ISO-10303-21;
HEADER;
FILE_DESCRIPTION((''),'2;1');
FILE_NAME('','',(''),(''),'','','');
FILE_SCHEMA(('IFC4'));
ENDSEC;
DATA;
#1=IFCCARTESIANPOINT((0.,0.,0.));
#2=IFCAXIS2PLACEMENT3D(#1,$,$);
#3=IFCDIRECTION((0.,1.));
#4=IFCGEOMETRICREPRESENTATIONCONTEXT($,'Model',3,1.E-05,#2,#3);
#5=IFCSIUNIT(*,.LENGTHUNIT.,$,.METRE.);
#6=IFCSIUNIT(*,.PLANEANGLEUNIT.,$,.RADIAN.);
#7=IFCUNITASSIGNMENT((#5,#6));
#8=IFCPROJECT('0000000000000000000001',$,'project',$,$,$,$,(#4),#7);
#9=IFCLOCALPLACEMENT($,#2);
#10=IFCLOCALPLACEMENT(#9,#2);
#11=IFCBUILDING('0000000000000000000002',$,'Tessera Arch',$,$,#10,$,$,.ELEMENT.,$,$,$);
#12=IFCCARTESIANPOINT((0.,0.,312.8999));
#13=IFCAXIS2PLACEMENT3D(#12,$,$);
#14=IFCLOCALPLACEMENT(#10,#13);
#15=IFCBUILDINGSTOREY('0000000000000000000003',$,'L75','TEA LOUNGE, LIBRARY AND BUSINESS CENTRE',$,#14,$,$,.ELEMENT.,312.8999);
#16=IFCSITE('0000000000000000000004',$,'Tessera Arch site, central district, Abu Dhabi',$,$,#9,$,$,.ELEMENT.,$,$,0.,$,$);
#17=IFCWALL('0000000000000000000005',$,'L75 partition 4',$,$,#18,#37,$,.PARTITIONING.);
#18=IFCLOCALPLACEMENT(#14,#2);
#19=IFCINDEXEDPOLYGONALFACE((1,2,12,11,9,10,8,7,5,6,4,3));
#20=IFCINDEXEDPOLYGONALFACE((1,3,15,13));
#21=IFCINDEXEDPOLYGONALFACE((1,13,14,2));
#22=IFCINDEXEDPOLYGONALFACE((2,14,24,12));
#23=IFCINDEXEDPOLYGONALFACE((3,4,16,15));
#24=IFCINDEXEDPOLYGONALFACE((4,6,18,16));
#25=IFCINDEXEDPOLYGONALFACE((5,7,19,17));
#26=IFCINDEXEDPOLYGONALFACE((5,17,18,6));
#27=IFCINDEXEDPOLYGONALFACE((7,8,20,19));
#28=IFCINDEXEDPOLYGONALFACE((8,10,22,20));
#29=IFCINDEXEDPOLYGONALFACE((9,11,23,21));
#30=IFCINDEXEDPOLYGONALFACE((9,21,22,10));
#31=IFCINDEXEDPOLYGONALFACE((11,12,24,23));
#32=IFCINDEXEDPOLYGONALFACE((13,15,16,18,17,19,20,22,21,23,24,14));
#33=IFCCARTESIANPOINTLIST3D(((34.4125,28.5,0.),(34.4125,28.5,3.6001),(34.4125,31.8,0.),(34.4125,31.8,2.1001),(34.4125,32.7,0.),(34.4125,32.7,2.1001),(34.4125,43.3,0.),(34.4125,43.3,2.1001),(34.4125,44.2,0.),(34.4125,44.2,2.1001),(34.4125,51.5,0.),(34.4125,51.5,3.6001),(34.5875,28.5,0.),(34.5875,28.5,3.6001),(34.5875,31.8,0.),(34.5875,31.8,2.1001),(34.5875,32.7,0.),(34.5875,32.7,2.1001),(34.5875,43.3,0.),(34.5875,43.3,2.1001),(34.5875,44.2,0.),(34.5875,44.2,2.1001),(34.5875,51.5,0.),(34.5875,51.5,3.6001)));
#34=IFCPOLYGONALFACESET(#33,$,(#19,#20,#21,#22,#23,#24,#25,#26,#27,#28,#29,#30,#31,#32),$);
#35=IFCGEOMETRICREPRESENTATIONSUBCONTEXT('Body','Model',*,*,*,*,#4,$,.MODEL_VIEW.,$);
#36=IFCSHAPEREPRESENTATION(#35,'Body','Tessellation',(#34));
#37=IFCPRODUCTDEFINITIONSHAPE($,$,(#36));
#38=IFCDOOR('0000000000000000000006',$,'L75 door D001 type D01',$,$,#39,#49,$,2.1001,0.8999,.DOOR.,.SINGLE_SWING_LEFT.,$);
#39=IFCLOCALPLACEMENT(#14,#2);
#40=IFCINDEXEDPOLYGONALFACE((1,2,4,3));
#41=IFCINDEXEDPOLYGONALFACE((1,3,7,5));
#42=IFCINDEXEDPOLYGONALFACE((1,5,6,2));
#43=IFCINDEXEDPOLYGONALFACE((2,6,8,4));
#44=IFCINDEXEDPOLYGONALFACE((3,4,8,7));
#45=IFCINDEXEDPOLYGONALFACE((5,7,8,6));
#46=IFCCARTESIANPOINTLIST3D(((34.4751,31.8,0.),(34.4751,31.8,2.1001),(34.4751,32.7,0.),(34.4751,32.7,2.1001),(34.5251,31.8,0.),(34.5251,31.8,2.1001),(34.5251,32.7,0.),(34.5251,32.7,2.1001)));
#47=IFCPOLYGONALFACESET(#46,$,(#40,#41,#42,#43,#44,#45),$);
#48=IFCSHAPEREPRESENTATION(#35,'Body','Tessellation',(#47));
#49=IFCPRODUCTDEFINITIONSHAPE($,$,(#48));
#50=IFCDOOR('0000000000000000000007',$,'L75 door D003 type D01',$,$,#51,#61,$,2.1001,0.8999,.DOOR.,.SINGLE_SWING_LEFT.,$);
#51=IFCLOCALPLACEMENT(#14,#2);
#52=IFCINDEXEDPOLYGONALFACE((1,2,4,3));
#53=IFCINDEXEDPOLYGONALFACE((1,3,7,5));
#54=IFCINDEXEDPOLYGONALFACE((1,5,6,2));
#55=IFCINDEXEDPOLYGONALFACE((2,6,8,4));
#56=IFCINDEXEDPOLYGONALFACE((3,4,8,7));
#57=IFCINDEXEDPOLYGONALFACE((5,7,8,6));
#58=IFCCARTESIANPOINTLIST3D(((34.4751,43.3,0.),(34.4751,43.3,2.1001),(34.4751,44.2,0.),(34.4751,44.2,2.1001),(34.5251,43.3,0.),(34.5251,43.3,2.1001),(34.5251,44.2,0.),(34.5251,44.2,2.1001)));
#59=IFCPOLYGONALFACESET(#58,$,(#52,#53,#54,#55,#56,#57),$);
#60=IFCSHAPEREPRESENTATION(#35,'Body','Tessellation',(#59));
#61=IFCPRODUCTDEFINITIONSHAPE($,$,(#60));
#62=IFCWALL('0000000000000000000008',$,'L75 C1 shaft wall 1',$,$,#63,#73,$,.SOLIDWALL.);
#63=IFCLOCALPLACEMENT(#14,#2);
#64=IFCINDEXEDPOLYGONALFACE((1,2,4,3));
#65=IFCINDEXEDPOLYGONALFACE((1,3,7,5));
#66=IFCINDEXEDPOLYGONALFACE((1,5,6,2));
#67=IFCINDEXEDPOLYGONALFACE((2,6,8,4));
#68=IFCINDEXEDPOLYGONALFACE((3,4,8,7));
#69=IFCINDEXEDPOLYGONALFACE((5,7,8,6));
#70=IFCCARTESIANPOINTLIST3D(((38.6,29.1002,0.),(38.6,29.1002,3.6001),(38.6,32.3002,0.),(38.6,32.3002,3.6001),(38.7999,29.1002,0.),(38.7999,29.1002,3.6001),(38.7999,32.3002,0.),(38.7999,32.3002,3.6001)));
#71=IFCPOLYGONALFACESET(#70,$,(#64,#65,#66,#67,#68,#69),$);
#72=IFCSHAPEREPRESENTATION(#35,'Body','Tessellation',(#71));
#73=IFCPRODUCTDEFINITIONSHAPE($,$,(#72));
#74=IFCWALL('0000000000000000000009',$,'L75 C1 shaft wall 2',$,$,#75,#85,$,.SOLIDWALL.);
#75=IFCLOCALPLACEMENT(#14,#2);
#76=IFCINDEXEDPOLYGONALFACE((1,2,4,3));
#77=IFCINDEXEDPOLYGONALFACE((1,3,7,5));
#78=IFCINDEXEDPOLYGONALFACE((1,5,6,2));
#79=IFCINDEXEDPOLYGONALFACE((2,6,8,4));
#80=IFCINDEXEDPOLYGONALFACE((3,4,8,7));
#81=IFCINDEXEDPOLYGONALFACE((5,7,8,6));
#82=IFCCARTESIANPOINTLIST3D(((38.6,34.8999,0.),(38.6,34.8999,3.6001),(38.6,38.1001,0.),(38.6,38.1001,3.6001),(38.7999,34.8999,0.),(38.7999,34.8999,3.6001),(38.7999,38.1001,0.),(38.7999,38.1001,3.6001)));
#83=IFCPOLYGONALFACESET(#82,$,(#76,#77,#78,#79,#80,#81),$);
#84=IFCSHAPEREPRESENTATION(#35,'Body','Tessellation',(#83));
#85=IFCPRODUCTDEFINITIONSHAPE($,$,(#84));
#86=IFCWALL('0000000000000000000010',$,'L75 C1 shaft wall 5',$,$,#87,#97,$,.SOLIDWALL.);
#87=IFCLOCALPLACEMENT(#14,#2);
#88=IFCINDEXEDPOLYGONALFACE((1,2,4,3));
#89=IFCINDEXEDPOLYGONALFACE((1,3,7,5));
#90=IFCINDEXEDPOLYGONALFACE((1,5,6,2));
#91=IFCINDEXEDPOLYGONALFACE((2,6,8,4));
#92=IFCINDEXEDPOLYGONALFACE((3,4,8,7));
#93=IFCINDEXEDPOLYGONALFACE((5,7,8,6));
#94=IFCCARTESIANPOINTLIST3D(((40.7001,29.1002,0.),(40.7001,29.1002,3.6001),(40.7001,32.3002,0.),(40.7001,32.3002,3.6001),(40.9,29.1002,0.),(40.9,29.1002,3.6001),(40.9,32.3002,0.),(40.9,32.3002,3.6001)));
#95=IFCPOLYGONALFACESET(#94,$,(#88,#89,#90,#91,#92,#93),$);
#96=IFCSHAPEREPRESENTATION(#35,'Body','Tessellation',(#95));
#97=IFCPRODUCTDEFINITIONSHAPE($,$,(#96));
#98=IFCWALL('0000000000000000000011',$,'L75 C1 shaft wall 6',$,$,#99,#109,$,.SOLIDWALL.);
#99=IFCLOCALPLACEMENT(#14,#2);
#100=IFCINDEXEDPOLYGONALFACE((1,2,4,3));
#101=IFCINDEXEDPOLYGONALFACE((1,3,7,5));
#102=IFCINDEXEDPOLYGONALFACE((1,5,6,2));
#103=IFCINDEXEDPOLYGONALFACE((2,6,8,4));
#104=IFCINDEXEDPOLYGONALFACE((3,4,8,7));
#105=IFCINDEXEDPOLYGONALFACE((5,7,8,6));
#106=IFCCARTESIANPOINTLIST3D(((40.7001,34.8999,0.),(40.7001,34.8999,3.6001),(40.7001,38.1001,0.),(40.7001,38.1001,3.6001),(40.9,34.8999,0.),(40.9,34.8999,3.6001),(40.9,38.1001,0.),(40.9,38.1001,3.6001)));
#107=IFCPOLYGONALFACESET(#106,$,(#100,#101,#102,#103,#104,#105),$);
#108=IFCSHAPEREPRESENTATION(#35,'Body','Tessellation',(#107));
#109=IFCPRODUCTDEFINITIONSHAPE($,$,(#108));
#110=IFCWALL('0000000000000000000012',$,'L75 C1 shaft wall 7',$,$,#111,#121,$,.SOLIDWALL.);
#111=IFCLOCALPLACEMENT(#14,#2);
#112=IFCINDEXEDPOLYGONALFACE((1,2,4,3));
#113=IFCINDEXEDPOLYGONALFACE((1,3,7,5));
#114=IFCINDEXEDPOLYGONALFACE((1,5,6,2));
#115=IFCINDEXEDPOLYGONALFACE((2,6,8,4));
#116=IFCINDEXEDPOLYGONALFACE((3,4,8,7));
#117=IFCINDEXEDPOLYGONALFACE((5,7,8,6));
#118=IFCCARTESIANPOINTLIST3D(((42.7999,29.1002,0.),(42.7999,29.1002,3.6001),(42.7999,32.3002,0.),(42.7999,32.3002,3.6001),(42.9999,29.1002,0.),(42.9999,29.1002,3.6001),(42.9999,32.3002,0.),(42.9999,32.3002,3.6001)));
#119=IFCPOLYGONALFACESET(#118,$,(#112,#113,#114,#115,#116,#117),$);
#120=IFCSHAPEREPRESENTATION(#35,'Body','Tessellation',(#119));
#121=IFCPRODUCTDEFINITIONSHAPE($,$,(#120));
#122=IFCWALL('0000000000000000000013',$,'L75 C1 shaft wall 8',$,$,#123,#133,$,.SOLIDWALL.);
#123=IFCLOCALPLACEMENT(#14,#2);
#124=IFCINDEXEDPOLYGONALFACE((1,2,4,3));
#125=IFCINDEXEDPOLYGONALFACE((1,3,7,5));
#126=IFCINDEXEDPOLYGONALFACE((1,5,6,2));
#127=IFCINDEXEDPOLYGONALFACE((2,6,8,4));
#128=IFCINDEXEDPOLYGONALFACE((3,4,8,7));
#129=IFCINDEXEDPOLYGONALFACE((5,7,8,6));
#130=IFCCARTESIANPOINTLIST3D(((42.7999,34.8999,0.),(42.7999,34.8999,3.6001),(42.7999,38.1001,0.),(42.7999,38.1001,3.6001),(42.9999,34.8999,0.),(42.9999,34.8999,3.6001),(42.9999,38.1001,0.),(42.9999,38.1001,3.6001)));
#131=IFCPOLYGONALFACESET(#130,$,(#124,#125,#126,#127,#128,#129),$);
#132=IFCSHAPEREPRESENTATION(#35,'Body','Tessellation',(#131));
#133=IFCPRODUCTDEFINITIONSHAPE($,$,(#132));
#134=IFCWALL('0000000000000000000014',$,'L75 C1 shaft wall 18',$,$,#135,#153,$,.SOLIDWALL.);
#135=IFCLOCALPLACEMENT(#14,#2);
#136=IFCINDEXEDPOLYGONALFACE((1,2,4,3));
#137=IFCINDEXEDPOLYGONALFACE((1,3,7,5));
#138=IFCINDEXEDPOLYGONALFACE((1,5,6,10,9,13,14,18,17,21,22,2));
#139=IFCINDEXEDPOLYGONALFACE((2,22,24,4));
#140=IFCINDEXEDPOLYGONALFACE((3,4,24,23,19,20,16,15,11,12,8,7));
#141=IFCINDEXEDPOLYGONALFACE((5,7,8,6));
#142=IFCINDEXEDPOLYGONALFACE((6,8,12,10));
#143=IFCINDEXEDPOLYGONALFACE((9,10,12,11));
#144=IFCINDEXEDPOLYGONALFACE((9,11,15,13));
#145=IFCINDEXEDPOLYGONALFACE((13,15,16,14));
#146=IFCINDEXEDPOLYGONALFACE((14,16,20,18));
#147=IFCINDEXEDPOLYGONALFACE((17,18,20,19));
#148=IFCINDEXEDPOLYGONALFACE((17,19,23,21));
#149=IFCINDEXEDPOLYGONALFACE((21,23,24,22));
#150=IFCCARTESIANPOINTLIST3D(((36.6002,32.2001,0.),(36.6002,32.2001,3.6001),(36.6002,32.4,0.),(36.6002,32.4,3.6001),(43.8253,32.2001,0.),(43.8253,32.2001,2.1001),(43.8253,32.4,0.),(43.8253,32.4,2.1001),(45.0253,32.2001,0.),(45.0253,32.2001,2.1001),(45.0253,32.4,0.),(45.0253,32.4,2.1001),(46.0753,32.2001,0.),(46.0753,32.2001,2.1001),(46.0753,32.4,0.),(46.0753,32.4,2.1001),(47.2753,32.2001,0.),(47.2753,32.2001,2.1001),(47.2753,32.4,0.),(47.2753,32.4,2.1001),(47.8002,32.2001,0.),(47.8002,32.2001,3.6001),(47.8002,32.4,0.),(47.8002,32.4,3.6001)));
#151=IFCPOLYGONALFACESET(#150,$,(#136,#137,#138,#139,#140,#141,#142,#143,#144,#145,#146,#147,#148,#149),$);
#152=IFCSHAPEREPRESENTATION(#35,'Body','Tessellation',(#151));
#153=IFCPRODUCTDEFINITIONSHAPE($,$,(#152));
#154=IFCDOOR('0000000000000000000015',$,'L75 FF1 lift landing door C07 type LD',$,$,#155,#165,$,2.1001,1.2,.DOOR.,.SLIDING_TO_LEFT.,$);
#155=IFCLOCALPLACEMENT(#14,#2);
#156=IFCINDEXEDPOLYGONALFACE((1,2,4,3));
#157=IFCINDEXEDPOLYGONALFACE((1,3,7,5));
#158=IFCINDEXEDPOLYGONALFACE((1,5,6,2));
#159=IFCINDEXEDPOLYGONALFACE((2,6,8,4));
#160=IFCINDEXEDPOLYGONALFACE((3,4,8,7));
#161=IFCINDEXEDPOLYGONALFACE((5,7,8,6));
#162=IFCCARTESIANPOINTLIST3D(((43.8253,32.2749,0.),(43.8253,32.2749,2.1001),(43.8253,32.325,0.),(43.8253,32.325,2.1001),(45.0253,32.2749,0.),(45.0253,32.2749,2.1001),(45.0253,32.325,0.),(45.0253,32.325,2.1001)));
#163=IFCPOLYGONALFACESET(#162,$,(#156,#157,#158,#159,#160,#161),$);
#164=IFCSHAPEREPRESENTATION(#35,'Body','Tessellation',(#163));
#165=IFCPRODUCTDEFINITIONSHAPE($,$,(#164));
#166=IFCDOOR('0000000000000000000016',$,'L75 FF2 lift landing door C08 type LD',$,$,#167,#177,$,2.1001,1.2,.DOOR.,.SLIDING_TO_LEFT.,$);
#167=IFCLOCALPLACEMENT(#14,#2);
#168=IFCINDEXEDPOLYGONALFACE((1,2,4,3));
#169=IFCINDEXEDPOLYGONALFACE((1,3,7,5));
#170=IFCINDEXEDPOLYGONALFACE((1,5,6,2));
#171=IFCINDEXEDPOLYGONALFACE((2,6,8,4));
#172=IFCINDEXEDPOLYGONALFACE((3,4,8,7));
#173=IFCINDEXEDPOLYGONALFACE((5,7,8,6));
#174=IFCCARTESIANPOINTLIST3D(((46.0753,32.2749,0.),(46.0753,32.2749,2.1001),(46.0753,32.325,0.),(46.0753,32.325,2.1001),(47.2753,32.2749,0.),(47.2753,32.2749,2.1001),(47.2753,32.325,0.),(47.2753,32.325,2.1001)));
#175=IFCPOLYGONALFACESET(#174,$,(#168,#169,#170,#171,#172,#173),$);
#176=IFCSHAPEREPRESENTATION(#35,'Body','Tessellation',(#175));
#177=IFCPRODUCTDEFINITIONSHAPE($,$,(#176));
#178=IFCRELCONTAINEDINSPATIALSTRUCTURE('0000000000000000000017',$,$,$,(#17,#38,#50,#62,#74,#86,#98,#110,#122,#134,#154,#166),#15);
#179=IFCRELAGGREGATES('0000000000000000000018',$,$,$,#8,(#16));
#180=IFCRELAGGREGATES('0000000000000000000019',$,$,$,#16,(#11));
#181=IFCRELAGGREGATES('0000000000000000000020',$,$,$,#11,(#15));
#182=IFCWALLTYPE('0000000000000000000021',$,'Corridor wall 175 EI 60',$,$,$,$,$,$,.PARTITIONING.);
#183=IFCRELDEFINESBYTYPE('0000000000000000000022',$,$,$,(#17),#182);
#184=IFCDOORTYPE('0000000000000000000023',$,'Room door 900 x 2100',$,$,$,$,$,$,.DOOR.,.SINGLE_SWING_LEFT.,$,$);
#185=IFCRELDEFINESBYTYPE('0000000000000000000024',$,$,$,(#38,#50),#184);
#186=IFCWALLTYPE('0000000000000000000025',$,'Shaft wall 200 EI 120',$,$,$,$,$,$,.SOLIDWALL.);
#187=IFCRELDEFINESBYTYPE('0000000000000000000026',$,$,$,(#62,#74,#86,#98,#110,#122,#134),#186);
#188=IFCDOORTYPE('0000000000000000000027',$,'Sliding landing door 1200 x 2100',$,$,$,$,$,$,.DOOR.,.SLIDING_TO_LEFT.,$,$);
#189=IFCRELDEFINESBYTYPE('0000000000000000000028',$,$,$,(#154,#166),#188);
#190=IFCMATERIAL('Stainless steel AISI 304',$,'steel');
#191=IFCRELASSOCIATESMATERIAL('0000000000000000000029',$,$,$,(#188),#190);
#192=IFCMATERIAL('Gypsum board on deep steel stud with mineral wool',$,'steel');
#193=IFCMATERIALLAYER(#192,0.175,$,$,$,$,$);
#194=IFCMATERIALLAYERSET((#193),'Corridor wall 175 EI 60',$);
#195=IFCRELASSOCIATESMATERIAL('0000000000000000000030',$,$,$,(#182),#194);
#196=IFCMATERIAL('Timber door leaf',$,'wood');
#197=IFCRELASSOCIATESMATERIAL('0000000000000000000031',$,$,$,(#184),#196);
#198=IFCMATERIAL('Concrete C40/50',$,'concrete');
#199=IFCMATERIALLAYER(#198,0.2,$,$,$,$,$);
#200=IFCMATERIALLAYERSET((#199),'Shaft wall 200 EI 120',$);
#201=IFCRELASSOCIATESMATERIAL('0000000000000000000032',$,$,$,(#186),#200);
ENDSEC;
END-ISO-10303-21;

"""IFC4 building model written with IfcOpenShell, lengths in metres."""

from ifc_helpers import new_model, si_unit, direction, frame, frame_2d, origin, place, context, subcontext, project, spatial, rectangle, extrude, material, layer, layer_set, type_object, element, fill, save


model = new_model("IFC4")

# Units and contexts
model_context = context("Model", 3, precision=1e-05, world=origin(), true_north=direction((0.0, 1.0)))
body_context = subcontext(model_context, "Body", "Model", "MODEL_VIEW")
ifc_project = project(units=[si_unit("LENGTHUNIT", "METRE"), si_unit("PLANEANGLEUNIT", "RADIAN")], contexts=[model_context])

# Site, building, storey
site_placement = place(None, origin())
site = spatial("IfcSite", under=ifc_project, at=site_placement, Name="Tessera Arch site, central district, Abu Dhabi", CompositionType="ELEMENT", RefElevation=0.0)
building_placement = place(site_placement, origin())
building = spatial("IfcBuilding", under=site, at=building_placement, Name="Tessera Arch", CompositionType="ELEMENT")
storey_placement = place(building_placement, frame((0.0, 0.0, 312.8999)))
storey = spatial("IfcBuildingStorey", under=building, at=storey_placement, Name="L75", Description="TEA LOUNGE, LIBRARY AND BUSINESS CENTRE", CompositionType="ELEMENT", Elevation=312.8999)

# Shared definitions
ifc_material_1 = material(Name="Stainless steel AISI 304", Category="steel")
door_type_1 = type_object("IfcDoorType", Name="Sliding landing door 1200 x 2100", OperationType="SLIDING_TO_LEFT", PredefinedType="DOOR", material=ifc_material_1)

# Shared definitions
ifc_material_2 = material(Name="Gypsum board on deep steel stud with mineral wool", Category="steel")
ifc_layer_1 = layer(ifc_material_2, 0.175)
ifc_layer_set_1 = layer_set([ifc_layer_1], Name="Corridor wall 175 EI 60")
wall_type_1 = type_object("IfcWallType", Name="Corridor wall 175 EI 60", PredefinedType="PARTITIONING", material=ifc_layer_set_1)

# Wall, openings, doors
wall_1_placement = place(storey_placement, frame((34.5, 28.5, 0.0), z_axis=(0.0, 0.0, 1.0), x_axis=(0.0, 1.0, 0.0)))
wall_1 = element("IfcWall", 1, at=wall_1_placement, inside=storey, type_object=wall_type_1, Name="L75 partition 4", PredefinedType="PARTITIONING", context=body_context, shape_type="SweptSolid", body=[
    extrude(rectangle(XDim=23.0, YDim=0.175, at=frame_2d((11.5, 0.0))), origin(), (0.0, 0.0, 1.0), 3.6001),
])
opening_1_placement = place(wall_1_placement, frame((3.3, 0.0, 0.0)))
opening_1 = element("IfcOpeningElement", 2, at=opening_1_placement, cuts=wall_1, PredefinedType="OPENING", context=body_context, shape_type="SweptSolid", body=[
    extrude(rectangle(XDim=0.8999, YDim=2.1001, at=frame_2d((0.45, 1.05))), frame((0.0, 0.0974, 0.0), z_axis=(0.0, -1.0, 0.0), x_axis=(1.0, 0.0, 0.0)), (0.0, 0.0, 1.0), 0.1951),
])
opening_2_placement = place(wall_1_placement, frame((14.8, 0.0, 0.0)))
opening_2 = element("IfcOpeningElement", 3, at=opening_2_placement, cuts=wall_1, PredefinedType="OPENING", context=body_context, shape_type="SweptSolid", body=[
    extrude(rectangle(XDim=0.8999, YDim=2.1001, at=frame_2d((0.45, 1.05))), frame((0.0, 0.0974, 0.0), z_axis=(0.0, -1.0, 0.0), x_axis=(1.0, 0.0, 0.0)), (0.0, 0.0, 1.0), 0.1951),
])
ifc_material_3 = material(Name="Timber door leaf", Category="wood")
door_type_2 = type_object("IfcDoorType", Name="Room door 900 x 2100", OperationType="SINGLE_SWING_LEFT", PredefinedType="DOOR", material=ifc_material_3)
door_1_placement = place(opening_1_placement, origin())
door_1 = element("IfcDoor", 4, at=door_1_placement, inside=storey, type_object=door_type_2, Name="L75 door D001 type D01", OperationType="SINGLE_SWING_LEFT", OverallHeight=2.1001, OverallWidth=0.8999, PredefinedType="DOOR", context=body_context, shape_type="SweptSolid", body=[
    extrude(rectangle(XDim=0.8999, YDim=2.1001, at=frame_2d((0.45, 1.05))), frame((0.0, 0.0249, 0.0), z_axis=(0.0, -1.0, 0.0), x_axis=(1.0, 0.0, 0.0)), (0.0, 0.0, 1.0), 0.05),
])
fill(opening_1, door_1)
door_2_placement = place(opening_2_placement, origin())
door_2 = element("IfcDoor", 5, at=door_2_placement, inside=storey, type_object=door_type_2, Name="L75 door D003 type D01", OperationType="SINGLE_SWING_LEFT", OverallHeight=2.1001, OverallWidth=0.8999, PredefinedType="DOOR", context=body_context, shape_type="SweptSolid", body=[
    extrude(rectangle(XDim=0.8999, YDim=2.1001, at=frame_2d((0.45, 1.05))), frame((0.0, 0.0249, 0.0), z_axis=(0.0, -1.0, 0.0), x_axis=(1.0, 0.0, 0.0)), (0.0, 0.0, 1.0), 0.05),
])
fill(opening_2, door_2)

# Walls
ifc_material_4 = material(Name="Concrete C40/50", Category="concrete")
ifc_layer_2 = layer(ifc_material_4, 0.2)
ifc_layer_set_2 = layer_set([ifc_layer_2], Name="Shaft wall 200 EI 120")
wall_type_2 = type_object("IfcWallType", Name="Shaft wall 200 EI 120", PredefinedType="SOLIDWALL", material=ifc_layer_set_2)
wall_2_placement = place(storey_placement, frame((38.7, 29.1001, 0.0), z_axis=(0.0, 0.0, 1.0), x_axis=(0.0, 1.0, 0.0)))
element("IfcWall", 6, at=wall_2_placement, inside=storey, type_object=wall_type_2, Name="L75 C1 shaft wall 1", PredefinedType="SOLIDWALL", context=body_context, shape_type="SweptSolid", body=[
    extrude(rectangle(XDim=3.2, YDim=0.2, at=frame_2d((1.6001, 0.0))), origin(), (0.0, 0.0, 1.0), 3.6001),
])
wall_3_placement = place(storey_placement, frame((38.7, 34.8999, 0.0), z_axis=(0.0, 0.0, 1.0), x_axis=(0.0, 1.0, 0.0)))
element("IfcWall", 7, at=wall_3_placement, inside=storey, type_object=wall_type_2, Name="L75 C1 shaft wall 2", PredefinedType="SOLIDWALL", context=body_context, shape_type="SweptSolid", body=[
    extrude(rectangle(XDim=3.2002, YDim=0.2, at=frame_2d((1.6001, 0.0))), origin(), (0.0, 0.0, 1.0), 3.6001),
])
wall_4_placement = place(storey_placement, frame((40.8, 29.1001, 0.0), z_axis=(0.0, 0.0, 1.0), x_axis=(0.0, 1.0, 0.0)))
element("IfcWall", 8, at=wall_4_placement, inside=storey, type_object=wall_type_2, Name="L75 C1 shaft wall 5", PredefinedType="SOLIDWALL", context=body_context, shape_type="SweptSolid", body=[
    extrude(rectangle(XDim=3.2, YDim=0.2, at=frame_2d((1.6001, 0.0))), origin(), (0.0, 0.0, 1.0), 3.6001),
])
wall_5_placement = place(storey_placement, frame((40.8, 34.8999, 0.0), z_axis=(0.0, 0.0, 1.0), x_axis=(0.0, 1.0, 0.0)))
element("IfcWall", 9, at=wall_5_placement, inside=storey, type_object=wall_type_2, Name="L75 C1 shaft wall 6", PredefinedType="SOLIDWALL", context=body_context, shape_type="SweptSolid", body=[
    extrude(rectangle(XDim=3.2002, YDim=0.2, at=frame_2d((1.6001, 0.0))), origin(), (0.0, 0.0, 1.0), 3.6001),
])
wall_6_placement = place(storey_placement, frame((42.8999, 29.1001, 0.0), z_axis=(0.0, 0.0, 1.0), x_axis=(0.0, 1.0, 0.0)))
element("IfcWall", 10, at=wall_6_placement, inside=storey, type_object=wall_type_2, Name="L75 C1 shaft wall 7", PredefinedType="SOLIDWALL", context=body_context, shape_type="SweptSolid", body=[
    extrude(rectangle(XDim=3.2, YDim=0.2, at=frame_2d((1.6001, 0.0))), origin(), (0.0, 0.0, 1.0), 3.6001),
])
wall_7_placement = place(storey_placement, frame((42.8999, 34.8999, 0.0), z_axis=(0.0, 0.0, 1.0), x_axis=(0.0, 1.0, 0.0)))
element("IfcWall", 11, at=wall_7_placement, inside=storey, type_object=wall_type_2, Name="L75 C1 shaft wall 8", PredefinedType="SOLIDWALL", context=body_context, shape_type="SweptSolid", body=[
    extrude(rectangle(XDim=3.2002, YDim=0.2, at=frame_2d((1.6001, 0.0))), origin(), (0.0, 0.0, 1.0), 3.6001),
])

# Wall, openings, doors
wall_8_placement = place(storey_placement, frame((36.6001, 32.3, 0.0), z_axis=(0.0, 0.0, 1.0), x_axis=(1.0, 0.0, 0.0)))
wall_8 = element("IfcWall", 12, at=wall_8_placement, inside=storey, type_object=wall_type_2, Name="L75 C1 shaft wall 18", PredefinedType="SOLIDWALL", context=body_context, shape_type="SweptSolid", body=[
    extrude(rectangle(XDim=11.2, YDim=0.2, at=frame_2d((5.6001, 0.0))), origin(), (0.0, 0.0, 1.0), 3.6001),
])
opening_3_placement = place(wall_8_placement, frame((7.2251, 0.0, 0.0)))
opening_3 = element("IfcOpeningElement", 13, at=opening_3_placement, cuts=wall_8, PredefinedType="OPENING", context=body_context, shape_type="SweptSolid", body=[
    extrude(rectangle(XDim=1.2, YDim=2.1001, at=frame_2d((0.6001, 1.05))), frame((0.0, 0.1099, 0.0), z_axis=(0.0, -1.0, 0.0), x_axis=(1.0, 0.0, 0.0)), (0.0, 0.0, 1.0), 0.22),
])
opening_4_placement = place(wall_8_placement, frame((9.4751, 0.0, 0.0)))
opening_4 = element("IfcOpeningElement", 14, at=opening_4_placement, cuts=wall_8, PredefinedType="OPENING", context=body_context, shape_type="SweptSolid", body=[
    extrude(rectangle(XDim=1.2, YDim=2.1001, at=frame_2d((0.6001, 1.05))), frame((0.0, 0.1099, 0.0), z_axis=(0.0, -1.0, 0.0), x_axis=(1.0, 0.0, 0.0)), (0.0, 0.0, 1.0), 0.22),
])
door_3_placement = place(opening_3_placement, origin())
door_3 = element("IfcDoor", 15, at=door_3_placement, inside=storey, type_object=door_type_1, Name="L75 FF1 lift landing door C07 type LD", OperationType="SLIDING_TO_LEFT", OverallHeight=2.1001, OverallWidth=1.2, PredefinedType="DOOR", context=body_context, shape_type="SweptSolid", body=[
    extrude(rectangle(XDim=1.2, YDim=2.1001, at=frame_2d((0.6001, 1.05))), frame((0.0, 0.0249, 0.0), z_axis=(0.0, -1.0, 0.0), x_axis=(1.0, 0.0, 0.0)), (0.0, 0.0, 1.0), 0.05),
])
fill(opening_3, door_3)
door_4_placement = place(opening_4_placement, origin())
door_4 = element("IfcDoor", 16, at=door_4_placement, inside=storey, type_object=door_type_1, Name="L75 FF2 lift landing door C08 type LD", OperationType="SLIDING_TO_LEFT", OverallHeight=2.1001, OverallWidth=1.2, PredefinedType="DOOR", context=body_context, shape_type="SweptSolid", body=[
    extrude(rectangle(XDim=1.2, YDim=2.1001, at=frame_2d((0.6001, 1.05))), frame((0.0, 0.0249, 0.0), z_axis=(0.0, -1.0, 0.0), x_axis=(1.0, 0.0, 0.0)), (0.0, 0.0, 1.0), 0.05),
])
fill(opening_4, door_4)

save(model, "model.ifc")
